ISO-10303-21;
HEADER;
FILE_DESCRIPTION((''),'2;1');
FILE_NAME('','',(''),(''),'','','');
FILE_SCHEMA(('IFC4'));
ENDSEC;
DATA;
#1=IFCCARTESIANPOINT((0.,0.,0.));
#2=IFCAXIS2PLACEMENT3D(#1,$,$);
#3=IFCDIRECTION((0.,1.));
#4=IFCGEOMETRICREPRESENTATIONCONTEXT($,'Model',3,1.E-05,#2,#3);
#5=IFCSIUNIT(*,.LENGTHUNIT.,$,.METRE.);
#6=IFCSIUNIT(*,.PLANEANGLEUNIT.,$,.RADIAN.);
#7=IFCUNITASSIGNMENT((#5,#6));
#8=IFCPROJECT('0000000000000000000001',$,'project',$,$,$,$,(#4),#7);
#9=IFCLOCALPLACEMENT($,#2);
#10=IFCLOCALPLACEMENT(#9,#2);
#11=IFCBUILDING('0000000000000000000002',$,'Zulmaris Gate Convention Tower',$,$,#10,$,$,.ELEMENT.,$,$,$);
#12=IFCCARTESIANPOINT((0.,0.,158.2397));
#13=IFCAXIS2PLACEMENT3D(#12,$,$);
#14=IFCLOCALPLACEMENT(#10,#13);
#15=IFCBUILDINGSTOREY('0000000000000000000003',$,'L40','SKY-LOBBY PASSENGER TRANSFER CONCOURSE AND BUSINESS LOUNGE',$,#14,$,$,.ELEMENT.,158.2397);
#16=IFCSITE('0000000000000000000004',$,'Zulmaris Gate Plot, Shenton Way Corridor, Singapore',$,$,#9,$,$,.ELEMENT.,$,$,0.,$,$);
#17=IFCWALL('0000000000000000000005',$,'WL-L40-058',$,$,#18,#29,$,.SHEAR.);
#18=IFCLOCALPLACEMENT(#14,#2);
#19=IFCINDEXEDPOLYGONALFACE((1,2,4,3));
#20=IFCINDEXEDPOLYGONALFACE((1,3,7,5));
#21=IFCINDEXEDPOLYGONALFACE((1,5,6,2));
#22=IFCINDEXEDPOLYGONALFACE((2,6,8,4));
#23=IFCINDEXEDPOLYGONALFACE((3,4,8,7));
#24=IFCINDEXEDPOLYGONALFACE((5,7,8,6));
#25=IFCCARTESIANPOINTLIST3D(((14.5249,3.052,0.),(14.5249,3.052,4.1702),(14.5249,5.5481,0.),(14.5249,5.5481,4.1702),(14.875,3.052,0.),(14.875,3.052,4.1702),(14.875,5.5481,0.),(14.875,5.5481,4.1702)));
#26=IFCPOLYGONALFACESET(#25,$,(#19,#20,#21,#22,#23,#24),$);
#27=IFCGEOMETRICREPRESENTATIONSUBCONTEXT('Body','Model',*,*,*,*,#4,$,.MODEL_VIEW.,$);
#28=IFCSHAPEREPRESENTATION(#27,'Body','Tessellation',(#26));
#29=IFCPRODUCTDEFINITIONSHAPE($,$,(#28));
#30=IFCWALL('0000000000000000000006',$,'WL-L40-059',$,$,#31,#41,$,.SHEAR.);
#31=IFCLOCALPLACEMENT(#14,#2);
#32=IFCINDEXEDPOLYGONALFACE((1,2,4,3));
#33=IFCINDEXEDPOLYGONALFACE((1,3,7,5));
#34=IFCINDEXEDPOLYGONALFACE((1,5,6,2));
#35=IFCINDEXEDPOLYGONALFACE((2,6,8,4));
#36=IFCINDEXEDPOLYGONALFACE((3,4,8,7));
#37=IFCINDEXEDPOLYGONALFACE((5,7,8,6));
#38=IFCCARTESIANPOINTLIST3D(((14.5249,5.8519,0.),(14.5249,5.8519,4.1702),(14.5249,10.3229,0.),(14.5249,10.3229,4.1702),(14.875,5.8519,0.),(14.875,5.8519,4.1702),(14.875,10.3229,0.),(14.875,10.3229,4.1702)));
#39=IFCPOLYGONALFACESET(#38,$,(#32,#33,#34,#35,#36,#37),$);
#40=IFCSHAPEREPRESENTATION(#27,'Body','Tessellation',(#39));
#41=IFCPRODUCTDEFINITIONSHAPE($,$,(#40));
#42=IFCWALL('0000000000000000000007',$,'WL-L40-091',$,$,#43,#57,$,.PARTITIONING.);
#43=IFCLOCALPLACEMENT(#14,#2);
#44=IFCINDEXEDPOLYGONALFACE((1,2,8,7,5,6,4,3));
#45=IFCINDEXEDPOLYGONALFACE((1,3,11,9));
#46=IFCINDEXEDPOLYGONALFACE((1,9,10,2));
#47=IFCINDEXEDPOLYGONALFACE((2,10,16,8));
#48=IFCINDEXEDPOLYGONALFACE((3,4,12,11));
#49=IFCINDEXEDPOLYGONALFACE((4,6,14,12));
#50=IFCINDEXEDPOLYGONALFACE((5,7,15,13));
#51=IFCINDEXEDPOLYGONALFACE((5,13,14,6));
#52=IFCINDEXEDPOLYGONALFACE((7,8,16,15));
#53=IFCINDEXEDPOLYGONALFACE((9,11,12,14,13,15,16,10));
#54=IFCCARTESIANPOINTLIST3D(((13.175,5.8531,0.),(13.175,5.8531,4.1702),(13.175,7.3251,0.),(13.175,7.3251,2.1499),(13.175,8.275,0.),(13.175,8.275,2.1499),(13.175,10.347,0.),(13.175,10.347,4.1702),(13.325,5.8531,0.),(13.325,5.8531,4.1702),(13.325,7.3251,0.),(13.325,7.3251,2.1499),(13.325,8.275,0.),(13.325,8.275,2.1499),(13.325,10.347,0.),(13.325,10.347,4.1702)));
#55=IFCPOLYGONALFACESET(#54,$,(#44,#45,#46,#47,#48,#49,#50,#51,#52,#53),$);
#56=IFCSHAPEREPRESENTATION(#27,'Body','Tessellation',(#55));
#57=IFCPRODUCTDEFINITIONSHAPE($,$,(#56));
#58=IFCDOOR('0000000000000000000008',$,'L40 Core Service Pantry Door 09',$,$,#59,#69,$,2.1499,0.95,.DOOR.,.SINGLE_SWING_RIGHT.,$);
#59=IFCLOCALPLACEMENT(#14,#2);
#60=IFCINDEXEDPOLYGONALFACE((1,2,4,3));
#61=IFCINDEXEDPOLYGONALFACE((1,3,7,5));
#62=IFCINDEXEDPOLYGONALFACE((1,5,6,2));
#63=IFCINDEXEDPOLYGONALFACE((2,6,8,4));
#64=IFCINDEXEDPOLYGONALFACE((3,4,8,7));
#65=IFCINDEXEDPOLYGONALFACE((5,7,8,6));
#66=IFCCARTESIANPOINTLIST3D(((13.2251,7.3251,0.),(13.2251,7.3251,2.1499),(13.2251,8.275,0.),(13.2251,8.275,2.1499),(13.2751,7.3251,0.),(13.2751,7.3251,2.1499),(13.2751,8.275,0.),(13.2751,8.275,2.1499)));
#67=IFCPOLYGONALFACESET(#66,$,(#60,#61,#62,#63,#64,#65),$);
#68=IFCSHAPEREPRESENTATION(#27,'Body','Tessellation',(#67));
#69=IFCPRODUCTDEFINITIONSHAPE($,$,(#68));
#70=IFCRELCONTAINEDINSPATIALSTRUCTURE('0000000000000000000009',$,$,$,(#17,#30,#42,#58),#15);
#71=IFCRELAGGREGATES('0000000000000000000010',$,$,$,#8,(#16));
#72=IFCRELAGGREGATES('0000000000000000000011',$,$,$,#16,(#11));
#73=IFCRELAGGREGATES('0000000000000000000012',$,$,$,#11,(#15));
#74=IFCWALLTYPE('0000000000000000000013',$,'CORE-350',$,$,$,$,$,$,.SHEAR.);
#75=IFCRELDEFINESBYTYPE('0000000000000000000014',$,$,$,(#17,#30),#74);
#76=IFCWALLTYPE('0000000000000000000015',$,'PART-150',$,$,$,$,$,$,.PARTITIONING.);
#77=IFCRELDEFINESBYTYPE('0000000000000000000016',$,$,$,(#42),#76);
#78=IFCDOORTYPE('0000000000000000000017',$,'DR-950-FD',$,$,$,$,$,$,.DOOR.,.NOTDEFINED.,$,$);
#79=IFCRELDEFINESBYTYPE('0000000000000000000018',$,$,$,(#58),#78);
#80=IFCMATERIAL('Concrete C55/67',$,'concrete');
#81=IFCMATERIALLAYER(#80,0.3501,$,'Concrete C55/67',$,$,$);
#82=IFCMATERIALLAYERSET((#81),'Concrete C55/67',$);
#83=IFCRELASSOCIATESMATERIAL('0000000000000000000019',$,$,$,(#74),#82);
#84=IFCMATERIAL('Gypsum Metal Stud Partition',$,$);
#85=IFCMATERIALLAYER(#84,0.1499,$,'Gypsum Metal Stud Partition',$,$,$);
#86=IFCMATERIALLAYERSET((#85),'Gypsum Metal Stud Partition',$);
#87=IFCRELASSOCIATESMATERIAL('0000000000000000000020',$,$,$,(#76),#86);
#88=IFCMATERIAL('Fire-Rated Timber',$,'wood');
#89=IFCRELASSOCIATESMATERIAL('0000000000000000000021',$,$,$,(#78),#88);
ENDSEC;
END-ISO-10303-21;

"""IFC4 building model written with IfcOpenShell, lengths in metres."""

from ifc_helpers import new_model, si_unit, direction, frame, frame_2d, origin, place, context, subcontext, project, spatial, rectangle, extrude, material, layer, layer_set, type_object, element, fill, save


model = new_model("IFC4")

# Units and contexts
model_context = context("Model", 3, precision=1e-05, world=origin(), true_north=direction((0.0, 1.0)))
body_context = subcontext(model_context, "Body", "Model", "MODEL_VIEW")
ifc_project = project(units=[si_unit("LENGTHUNIT", "METRE"), si_unit("PLANEANGLEUNIT", "RADIAN")], contexts=[model_context])

# Site, building, storey
site_placement = place(None, origin())
site = spatial("IfcSite", under=ifc_project, at=site_placement, Name="Zulmaris Gate Plot, Shenton Way Corridor, Singapore", CompositionType="ELEMENT", RefElevation=0.0)
building_placement = place(site_placement, origin())
building = spatial("IfcBuilding", under=site, at=building_placement, Name="Zulmaris Gate Convention Tower", CompositionType="ELEMENT")
storey_placement = place(building_placement, frame((0.0, 0.0, 158.2397)))
storey = spatial("IfcBuildingStorey", under=building, at=storey_placement, Name="L40", Description="SKY-LOBBY PASSENGER TRANSFER CONCOURSE AND BUSINESS LOUNGE", CompositionType="ELEMENT", Elevation=158.2397)

# Walls
ifc_material_1 = material(Name="Concrete C55/67", Category="concrete")
ifc_layer_1 = layer(ifc_material_1, 0.3501, Name="Concrete C55/67")
ifc_layer_set_1 = layer_set([ifc_layer_1], Name="Concrete C55/67")
wall_type_1 = type_object("IfcWallType", Name="CORE-350", PredefinedType="SHEAR", material=ifc_layer_set_1)
wall_1_placement = place(storey_placement, frame((14.7, 3.052, 0.0), z_axis=(0.0, 0.0, 1.0), x_axis=(0.0, 1.0, 0.0)))
element("IfcWall", 1, at=wall_1_placement, inside=storey, type_object=wall_type_1, Name="WL-L40-058", PredefinedType="SHEAR", context=body_context, shape_type="SweptSolid", body=[
    extrude(rectangle(XDim=2.4961, YDim=0.3501, at=frame_2d((1.248, 0.0))), origin(), (0.0, 0.0, 1.0), 4.1702),
])
wall_2_placement = place(storey_placement, frame((14.7, 5.8521, 0.0), z_axis=(0.0, 0.0, 1.0), x_axis=(0.0, 1.0, 0.0)))
element("IfcWall", 2, at=wall_2_placement, inside=storey, type_object=wall_type_1, Name="WL-L40-059", PredefinedType="SHEAR", context=body_context, shape_type="SweptSolid", body=[
    extrude(rectangle(XDim=4.4709, YDim=0.3501, at=frame_2d((2.2354, 0.0))), origin(), (0.0, 0.0, 1.0), 4.1702),
])

# Wall, opening, door
ifc_material_2 = material(Name="Gypsum Metal Stud Partition")
ifc_layer_2 = layer(ifc_material_2, 0.1499, Name="Gypsum Metal Stud Partition")
ifc_layer_set_2 = layer_set([ifc_layer_2], Name="Gypsum Metal Stud Partition")
wall_type_2 = type_object("IfcWallType", Name="PART-150", PredefinedType="PARTITIONING", material=ifc_layer_set_2)
wall_3_placement = place(storey_placement, frame((13.25, 5.853, 0.0), z_axis=(0.0, 0.0, 1.0), x_axis=(0.0, 1.0, 0.0)))
wall_3 = element("IfcWall", 3, at=wall_3_placement, inside=storey, type_object=wall_type_2, Name="WL-L40-091", PredefinedType="PARTITIONING", context=body_context, shape_type="SweptSolid", body=[
    extrude(rectangle(XDim=4.4939, YDim=0.1499, at=frame_2d((2.2471, 0.0))), origin(), (0.0, 0.0, 1.0), 4.1702),
])
opening_1_placement = place(wall_3_placement, frame((1.4719, 0.0, 0.0)))
opening_1 = element("IfcOpeningElement", 4, at=opening_1_placement, cuts=wall_3, PredefinedType="OPENING", context=body_context, shape_type="SweptSolid", body=[
    extrude(rectangle(XDim=0.95, YDim=2.1499, at=frame_2d((0.4751, 1.075))), frame((0.0, 0.085, 0.0), z_axis=(0.0, -1.0, 0.0), x_axis=(1.0, 0.0, 0.0)), (0.0, 0.0, 1.0), 0.1699),
])
ifc_material_3 = material(Name="Fire-Rated Timber", Category="wood")
door_type_1 = type_object("IfcDoorType", Name="DR-950-FD", OperationType="NOTDEFINED", PredefinedType="DOOR", material=ifc_material_3)
door_1_placement = place(opening_1_placement, origin())
door_1 = element("IfcDoor", 5, at=door_1_placement, inside=storey, type_object=door_type_1, Name="L40 Core Service Pantry Door 09", OperationType="SINGLE_SWING_RIGHT", OverallHeight=2.1499, OverallWidth=0.95, PredefinedType="DOOR", context=body_context, shape_type="SweptSolid", body=[
    extrude(rectangle(XDim=0.95, YDim=2.1499, at=frame_2d((0.4751, 1.075))), frame((0.0, 0.0249, 0.0), z_axis=(0.0, -1.0, 0.0), x_axis=(1.0, 0.0, 0.0)), (0.0, 0.0, 1.0), 0.05),
])
fill(opening_1, door_1)

save(model, "model.ifc")
